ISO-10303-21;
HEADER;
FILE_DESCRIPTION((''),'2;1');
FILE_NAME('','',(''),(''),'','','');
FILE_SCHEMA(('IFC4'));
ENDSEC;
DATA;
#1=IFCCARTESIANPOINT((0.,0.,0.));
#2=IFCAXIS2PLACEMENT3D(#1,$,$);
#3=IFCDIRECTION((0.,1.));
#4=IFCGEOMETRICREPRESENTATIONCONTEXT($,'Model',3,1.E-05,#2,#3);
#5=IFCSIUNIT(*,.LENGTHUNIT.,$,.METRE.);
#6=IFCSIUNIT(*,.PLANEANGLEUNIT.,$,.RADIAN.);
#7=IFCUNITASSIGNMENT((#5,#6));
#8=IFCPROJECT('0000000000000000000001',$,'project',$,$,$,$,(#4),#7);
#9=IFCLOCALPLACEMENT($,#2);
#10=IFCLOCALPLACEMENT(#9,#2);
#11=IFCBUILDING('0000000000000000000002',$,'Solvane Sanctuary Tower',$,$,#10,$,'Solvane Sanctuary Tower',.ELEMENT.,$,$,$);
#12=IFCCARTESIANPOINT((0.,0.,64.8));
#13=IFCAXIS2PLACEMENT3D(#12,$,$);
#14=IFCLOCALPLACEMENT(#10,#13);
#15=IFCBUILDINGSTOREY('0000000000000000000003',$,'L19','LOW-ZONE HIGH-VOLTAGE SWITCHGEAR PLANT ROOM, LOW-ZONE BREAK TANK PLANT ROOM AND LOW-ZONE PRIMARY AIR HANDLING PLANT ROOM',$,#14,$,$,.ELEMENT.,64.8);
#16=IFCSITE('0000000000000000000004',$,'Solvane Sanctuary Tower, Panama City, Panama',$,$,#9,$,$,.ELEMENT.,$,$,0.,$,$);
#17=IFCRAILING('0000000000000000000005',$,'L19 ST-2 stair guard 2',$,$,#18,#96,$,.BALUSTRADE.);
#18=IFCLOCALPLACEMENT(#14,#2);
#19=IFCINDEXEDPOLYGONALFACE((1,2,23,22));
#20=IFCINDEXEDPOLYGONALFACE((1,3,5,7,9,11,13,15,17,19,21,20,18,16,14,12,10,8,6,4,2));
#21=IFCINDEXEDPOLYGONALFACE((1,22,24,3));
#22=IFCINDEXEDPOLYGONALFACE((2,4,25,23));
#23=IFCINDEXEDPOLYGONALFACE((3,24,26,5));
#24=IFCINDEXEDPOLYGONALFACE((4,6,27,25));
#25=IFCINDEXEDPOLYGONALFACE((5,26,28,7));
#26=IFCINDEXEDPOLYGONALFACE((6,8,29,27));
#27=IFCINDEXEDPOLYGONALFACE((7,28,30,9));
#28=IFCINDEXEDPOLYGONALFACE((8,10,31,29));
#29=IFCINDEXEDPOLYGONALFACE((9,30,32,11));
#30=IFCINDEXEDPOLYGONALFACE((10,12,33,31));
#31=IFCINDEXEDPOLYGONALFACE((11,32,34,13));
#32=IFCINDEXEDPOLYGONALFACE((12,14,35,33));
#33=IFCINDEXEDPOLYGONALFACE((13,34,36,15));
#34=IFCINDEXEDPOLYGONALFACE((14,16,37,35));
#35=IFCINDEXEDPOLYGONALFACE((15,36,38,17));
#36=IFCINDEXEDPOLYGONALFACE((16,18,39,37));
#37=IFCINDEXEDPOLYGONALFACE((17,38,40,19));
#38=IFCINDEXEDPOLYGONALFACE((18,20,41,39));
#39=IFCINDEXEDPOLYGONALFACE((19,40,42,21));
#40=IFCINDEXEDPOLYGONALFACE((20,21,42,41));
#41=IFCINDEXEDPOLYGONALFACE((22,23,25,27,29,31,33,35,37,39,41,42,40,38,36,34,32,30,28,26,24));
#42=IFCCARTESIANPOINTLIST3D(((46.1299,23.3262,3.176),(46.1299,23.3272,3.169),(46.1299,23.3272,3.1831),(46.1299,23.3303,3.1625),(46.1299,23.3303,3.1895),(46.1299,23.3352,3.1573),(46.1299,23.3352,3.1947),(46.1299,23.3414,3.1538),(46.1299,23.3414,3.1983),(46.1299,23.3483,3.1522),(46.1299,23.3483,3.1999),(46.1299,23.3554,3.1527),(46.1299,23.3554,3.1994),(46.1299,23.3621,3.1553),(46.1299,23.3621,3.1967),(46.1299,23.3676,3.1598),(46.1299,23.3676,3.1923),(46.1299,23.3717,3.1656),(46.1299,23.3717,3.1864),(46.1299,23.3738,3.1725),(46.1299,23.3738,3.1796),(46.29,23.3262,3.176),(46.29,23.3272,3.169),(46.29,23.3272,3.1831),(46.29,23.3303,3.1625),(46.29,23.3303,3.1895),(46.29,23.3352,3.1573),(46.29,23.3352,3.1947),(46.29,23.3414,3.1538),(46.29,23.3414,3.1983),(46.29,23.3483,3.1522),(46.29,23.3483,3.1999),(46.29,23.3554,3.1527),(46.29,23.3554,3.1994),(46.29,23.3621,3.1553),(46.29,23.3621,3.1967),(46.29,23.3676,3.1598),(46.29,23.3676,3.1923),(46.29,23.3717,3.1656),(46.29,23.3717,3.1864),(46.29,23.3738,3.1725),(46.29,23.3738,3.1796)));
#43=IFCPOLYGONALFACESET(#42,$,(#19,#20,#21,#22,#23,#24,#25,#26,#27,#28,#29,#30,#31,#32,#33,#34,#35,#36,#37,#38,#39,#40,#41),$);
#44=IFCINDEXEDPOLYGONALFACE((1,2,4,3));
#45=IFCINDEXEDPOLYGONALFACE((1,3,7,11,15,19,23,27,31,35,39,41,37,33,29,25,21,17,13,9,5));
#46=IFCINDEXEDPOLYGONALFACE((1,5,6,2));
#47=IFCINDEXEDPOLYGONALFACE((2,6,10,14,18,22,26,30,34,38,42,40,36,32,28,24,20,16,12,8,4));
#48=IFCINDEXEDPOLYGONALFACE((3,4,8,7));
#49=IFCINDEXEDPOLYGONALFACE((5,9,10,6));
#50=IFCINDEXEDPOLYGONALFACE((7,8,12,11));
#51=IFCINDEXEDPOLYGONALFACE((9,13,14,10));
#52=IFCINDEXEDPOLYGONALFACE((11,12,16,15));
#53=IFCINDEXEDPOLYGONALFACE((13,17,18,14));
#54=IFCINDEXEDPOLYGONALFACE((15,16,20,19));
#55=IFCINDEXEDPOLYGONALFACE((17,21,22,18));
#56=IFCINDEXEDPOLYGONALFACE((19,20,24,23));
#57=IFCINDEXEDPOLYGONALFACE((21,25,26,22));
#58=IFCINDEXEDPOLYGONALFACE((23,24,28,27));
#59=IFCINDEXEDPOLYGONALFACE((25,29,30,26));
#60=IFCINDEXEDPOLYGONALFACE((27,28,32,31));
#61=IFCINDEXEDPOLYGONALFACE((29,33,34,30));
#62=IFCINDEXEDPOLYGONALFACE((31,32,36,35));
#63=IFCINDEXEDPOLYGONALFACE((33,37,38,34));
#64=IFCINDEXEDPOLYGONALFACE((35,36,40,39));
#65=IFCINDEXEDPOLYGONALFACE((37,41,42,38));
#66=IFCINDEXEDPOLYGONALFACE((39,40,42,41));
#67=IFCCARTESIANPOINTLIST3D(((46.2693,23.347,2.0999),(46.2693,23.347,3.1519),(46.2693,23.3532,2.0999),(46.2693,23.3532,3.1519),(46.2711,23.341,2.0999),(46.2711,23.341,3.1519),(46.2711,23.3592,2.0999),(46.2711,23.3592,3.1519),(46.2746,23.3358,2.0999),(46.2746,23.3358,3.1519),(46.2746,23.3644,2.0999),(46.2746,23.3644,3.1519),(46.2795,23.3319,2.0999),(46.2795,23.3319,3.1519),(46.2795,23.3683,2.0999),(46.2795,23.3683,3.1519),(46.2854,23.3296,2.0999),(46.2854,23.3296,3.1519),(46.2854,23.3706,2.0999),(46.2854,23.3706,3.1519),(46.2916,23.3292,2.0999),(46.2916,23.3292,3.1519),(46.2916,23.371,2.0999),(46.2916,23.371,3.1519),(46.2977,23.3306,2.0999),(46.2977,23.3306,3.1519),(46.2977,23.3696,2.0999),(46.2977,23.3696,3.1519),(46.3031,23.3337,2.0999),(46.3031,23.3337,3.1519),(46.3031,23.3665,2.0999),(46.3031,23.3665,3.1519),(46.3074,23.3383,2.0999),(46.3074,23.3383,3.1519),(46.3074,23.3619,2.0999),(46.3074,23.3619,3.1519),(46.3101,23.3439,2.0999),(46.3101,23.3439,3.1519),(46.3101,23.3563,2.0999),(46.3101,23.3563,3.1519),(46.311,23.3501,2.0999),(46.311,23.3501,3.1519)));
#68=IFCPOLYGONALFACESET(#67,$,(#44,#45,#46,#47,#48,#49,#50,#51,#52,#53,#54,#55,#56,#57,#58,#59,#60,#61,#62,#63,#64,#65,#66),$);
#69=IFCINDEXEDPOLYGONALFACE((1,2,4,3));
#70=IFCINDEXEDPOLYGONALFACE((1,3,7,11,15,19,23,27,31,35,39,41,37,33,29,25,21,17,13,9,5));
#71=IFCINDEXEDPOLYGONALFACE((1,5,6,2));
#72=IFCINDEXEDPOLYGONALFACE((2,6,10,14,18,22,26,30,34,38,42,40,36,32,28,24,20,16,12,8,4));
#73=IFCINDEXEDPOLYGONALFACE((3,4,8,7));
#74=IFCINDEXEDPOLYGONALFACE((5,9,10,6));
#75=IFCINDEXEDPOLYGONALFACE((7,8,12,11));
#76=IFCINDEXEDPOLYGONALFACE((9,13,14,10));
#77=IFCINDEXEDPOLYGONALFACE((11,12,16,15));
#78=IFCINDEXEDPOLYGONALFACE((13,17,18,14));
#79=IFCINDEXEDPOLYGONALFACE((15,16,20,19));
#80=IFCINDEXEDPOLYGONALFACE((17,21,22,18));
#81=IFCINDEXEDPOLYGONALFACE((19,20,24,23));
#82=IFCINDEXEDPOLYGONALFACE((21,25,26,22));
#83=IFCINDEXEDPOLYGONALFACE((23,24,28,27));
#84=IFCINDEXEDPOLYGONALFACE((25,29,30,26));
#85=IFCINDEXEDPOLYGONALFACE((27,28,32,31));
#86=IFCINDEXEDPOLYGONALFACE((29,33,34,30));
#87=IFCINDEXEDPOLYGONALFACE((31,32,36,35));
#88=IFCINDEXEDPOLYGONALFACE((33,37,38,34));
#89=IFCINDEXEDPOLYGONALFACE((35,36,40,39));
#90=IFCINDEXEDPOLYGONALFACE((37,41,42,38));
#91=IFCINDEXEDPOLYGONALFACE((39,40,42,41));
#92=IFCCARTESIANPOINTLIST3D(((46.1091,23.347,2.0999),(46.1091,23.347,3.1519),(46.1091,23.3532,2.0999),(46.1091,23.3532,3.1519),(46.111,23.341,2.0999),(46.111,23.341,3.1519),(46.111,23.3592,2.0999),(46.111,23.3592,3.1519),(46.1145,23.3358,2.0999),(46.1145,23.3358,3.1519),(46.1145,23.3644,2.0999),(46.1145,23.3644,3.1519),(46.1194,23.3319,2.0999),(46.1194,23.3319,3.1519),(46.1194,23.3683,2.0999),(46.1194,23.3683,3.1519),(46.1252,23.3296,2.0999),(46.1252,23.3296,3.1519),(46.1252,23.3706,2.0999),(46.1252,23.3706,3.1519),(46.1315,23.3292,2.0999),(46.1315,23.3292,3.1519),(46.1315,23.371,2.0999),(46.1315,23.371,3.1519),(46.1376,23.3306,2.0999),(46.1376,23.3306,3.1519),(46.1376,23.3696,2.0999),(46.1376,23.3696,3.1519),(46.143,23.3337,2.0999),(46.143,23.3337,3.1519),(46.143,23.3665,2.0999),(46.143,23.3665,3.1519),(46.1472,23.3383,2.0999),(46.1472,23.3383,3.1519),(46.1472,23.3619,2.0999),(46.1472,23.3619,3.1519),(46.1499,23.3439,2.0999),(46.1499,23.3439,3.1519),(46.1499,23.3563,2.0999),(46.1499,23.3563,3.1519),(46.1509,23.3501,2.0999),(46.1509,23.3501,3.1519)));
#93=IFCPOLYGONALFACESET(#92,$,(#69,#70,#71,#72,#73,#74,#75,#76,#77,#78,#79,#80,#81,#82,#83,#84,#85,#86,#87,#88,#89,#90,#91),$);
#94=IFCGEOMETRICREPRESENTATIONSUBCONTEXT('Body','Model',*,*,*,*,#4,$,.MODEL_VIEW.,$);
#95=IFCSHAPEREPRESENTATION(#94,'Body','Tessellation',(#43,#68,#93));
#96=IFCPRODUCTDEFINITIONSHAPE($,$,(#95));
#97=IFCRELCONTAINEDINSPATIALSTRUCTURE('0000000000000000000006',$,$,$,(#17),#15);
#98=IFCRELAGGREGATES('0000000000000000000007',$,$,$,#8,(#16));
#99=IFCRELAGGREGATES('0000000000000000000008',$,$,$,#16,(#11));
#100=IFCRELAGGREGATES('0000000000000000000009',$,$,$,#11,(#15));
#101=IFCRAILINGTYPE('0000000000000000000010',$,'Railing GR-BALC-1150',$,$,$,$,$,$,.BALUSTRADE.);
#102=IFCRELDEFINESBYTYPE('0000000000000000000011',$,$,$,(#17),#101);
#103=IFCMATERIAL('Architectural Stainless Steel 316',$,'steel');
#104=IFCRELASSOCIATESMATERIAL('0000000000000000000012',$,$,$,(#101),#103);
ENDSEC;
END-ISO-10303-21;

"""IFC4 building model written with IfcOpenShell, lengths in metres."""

from ifc_helpers import new_model, si_unit, direction, frame, origin, origin_2d, place, context, subcontext, project, spatial, circle, extrude, material, type_object, element, save


model = new_model("IFC4")

# Units and contexts
model_context = context("Model", 3, precision=1e-05, world=origin(), true_north=direction((0.0, 1.0)))
body_context = subcontext(model_context, "Body", "Model", "MODEL_VIEW")
ifc_project = project(units=[si_unit("LENGTHUNIT", "METRE"), si_unit("PLANEANGLEUNIT", "RADIAN")], contexts=[model_context])

# Site, building, storey
site_placement = place(None, origin())
site = spatial("IfcSite", under=ifc_project, at=site_placement, Name="Solvane Sanctuary Tower, Panama City, Panama", CompositionType="ELEMENT", RefElevation=0.0)
building_placement = place(site_placement, origin())
building = spatial("IfcBuilding", under=site, at=building_placement, Name="Solvane Sanctuary Tower", LongName="Solvane Sanctuary Tower", CompositionType="ELEMENT")
storey_placement = place(building_placement, frame((0.0, 0.0, 64.8)))
storey = spatial("IfcBuildingStorey", under=building, at=storey_placement, Name="L19", Description="LOW-ZONE HIGH-VOLTAGE SWITCHGEAR PLANT ROOM, LOW-ZONE BREAK TANK PLANT ROOM AND LOW-ZONE PRIMARY AIR HANDLING PLANT ROOM", CompositionType="ELEMENT", Elevation=64.8)

# Shared definitions
ifc_material_1 = material(Name="Architectural Stainless Steel 316", Category="steel")

# Railing
railing_type_1 = type_object("IfcRailingType", Name="Railing GR-BALC-1150", PredefinedType="BALUSTRADE", material=ifc_material_1)
railing_1_placement = place(storey_placement, frame((46.29, 23.3501, 2.0999)))
element("IfcRailing", 1, at=railing_1_placement, inside=storey, type_object=railing_type_1, Name="L19 ST-2 stair guard 2", PredefinedType="BALUSTRADE", context=body_context, shape_type="SweptSolid", body=[
    extrude(circle(Radius=0.0239, at=origin_2d()), frame((0.0, 0.0, 1.0762), z_axis=(-1.0, 0.0, 0.0), x_axis=(0.0, -1.0, 0.0)), (0.0, 0.0, 1.0), 0.1602),
    extrude(circle(Radius=0.021, at=origin_2d()), origin(), (0.0, 0.0, 1.0), 1.052),
    extrude(circle(Radius=0.021, at=origin_2d()), frame((-0.1602, 0.0, 0.0)), (0.0, 0.0, 1.0), 1.052),
])

save(model, "model.ifc")
